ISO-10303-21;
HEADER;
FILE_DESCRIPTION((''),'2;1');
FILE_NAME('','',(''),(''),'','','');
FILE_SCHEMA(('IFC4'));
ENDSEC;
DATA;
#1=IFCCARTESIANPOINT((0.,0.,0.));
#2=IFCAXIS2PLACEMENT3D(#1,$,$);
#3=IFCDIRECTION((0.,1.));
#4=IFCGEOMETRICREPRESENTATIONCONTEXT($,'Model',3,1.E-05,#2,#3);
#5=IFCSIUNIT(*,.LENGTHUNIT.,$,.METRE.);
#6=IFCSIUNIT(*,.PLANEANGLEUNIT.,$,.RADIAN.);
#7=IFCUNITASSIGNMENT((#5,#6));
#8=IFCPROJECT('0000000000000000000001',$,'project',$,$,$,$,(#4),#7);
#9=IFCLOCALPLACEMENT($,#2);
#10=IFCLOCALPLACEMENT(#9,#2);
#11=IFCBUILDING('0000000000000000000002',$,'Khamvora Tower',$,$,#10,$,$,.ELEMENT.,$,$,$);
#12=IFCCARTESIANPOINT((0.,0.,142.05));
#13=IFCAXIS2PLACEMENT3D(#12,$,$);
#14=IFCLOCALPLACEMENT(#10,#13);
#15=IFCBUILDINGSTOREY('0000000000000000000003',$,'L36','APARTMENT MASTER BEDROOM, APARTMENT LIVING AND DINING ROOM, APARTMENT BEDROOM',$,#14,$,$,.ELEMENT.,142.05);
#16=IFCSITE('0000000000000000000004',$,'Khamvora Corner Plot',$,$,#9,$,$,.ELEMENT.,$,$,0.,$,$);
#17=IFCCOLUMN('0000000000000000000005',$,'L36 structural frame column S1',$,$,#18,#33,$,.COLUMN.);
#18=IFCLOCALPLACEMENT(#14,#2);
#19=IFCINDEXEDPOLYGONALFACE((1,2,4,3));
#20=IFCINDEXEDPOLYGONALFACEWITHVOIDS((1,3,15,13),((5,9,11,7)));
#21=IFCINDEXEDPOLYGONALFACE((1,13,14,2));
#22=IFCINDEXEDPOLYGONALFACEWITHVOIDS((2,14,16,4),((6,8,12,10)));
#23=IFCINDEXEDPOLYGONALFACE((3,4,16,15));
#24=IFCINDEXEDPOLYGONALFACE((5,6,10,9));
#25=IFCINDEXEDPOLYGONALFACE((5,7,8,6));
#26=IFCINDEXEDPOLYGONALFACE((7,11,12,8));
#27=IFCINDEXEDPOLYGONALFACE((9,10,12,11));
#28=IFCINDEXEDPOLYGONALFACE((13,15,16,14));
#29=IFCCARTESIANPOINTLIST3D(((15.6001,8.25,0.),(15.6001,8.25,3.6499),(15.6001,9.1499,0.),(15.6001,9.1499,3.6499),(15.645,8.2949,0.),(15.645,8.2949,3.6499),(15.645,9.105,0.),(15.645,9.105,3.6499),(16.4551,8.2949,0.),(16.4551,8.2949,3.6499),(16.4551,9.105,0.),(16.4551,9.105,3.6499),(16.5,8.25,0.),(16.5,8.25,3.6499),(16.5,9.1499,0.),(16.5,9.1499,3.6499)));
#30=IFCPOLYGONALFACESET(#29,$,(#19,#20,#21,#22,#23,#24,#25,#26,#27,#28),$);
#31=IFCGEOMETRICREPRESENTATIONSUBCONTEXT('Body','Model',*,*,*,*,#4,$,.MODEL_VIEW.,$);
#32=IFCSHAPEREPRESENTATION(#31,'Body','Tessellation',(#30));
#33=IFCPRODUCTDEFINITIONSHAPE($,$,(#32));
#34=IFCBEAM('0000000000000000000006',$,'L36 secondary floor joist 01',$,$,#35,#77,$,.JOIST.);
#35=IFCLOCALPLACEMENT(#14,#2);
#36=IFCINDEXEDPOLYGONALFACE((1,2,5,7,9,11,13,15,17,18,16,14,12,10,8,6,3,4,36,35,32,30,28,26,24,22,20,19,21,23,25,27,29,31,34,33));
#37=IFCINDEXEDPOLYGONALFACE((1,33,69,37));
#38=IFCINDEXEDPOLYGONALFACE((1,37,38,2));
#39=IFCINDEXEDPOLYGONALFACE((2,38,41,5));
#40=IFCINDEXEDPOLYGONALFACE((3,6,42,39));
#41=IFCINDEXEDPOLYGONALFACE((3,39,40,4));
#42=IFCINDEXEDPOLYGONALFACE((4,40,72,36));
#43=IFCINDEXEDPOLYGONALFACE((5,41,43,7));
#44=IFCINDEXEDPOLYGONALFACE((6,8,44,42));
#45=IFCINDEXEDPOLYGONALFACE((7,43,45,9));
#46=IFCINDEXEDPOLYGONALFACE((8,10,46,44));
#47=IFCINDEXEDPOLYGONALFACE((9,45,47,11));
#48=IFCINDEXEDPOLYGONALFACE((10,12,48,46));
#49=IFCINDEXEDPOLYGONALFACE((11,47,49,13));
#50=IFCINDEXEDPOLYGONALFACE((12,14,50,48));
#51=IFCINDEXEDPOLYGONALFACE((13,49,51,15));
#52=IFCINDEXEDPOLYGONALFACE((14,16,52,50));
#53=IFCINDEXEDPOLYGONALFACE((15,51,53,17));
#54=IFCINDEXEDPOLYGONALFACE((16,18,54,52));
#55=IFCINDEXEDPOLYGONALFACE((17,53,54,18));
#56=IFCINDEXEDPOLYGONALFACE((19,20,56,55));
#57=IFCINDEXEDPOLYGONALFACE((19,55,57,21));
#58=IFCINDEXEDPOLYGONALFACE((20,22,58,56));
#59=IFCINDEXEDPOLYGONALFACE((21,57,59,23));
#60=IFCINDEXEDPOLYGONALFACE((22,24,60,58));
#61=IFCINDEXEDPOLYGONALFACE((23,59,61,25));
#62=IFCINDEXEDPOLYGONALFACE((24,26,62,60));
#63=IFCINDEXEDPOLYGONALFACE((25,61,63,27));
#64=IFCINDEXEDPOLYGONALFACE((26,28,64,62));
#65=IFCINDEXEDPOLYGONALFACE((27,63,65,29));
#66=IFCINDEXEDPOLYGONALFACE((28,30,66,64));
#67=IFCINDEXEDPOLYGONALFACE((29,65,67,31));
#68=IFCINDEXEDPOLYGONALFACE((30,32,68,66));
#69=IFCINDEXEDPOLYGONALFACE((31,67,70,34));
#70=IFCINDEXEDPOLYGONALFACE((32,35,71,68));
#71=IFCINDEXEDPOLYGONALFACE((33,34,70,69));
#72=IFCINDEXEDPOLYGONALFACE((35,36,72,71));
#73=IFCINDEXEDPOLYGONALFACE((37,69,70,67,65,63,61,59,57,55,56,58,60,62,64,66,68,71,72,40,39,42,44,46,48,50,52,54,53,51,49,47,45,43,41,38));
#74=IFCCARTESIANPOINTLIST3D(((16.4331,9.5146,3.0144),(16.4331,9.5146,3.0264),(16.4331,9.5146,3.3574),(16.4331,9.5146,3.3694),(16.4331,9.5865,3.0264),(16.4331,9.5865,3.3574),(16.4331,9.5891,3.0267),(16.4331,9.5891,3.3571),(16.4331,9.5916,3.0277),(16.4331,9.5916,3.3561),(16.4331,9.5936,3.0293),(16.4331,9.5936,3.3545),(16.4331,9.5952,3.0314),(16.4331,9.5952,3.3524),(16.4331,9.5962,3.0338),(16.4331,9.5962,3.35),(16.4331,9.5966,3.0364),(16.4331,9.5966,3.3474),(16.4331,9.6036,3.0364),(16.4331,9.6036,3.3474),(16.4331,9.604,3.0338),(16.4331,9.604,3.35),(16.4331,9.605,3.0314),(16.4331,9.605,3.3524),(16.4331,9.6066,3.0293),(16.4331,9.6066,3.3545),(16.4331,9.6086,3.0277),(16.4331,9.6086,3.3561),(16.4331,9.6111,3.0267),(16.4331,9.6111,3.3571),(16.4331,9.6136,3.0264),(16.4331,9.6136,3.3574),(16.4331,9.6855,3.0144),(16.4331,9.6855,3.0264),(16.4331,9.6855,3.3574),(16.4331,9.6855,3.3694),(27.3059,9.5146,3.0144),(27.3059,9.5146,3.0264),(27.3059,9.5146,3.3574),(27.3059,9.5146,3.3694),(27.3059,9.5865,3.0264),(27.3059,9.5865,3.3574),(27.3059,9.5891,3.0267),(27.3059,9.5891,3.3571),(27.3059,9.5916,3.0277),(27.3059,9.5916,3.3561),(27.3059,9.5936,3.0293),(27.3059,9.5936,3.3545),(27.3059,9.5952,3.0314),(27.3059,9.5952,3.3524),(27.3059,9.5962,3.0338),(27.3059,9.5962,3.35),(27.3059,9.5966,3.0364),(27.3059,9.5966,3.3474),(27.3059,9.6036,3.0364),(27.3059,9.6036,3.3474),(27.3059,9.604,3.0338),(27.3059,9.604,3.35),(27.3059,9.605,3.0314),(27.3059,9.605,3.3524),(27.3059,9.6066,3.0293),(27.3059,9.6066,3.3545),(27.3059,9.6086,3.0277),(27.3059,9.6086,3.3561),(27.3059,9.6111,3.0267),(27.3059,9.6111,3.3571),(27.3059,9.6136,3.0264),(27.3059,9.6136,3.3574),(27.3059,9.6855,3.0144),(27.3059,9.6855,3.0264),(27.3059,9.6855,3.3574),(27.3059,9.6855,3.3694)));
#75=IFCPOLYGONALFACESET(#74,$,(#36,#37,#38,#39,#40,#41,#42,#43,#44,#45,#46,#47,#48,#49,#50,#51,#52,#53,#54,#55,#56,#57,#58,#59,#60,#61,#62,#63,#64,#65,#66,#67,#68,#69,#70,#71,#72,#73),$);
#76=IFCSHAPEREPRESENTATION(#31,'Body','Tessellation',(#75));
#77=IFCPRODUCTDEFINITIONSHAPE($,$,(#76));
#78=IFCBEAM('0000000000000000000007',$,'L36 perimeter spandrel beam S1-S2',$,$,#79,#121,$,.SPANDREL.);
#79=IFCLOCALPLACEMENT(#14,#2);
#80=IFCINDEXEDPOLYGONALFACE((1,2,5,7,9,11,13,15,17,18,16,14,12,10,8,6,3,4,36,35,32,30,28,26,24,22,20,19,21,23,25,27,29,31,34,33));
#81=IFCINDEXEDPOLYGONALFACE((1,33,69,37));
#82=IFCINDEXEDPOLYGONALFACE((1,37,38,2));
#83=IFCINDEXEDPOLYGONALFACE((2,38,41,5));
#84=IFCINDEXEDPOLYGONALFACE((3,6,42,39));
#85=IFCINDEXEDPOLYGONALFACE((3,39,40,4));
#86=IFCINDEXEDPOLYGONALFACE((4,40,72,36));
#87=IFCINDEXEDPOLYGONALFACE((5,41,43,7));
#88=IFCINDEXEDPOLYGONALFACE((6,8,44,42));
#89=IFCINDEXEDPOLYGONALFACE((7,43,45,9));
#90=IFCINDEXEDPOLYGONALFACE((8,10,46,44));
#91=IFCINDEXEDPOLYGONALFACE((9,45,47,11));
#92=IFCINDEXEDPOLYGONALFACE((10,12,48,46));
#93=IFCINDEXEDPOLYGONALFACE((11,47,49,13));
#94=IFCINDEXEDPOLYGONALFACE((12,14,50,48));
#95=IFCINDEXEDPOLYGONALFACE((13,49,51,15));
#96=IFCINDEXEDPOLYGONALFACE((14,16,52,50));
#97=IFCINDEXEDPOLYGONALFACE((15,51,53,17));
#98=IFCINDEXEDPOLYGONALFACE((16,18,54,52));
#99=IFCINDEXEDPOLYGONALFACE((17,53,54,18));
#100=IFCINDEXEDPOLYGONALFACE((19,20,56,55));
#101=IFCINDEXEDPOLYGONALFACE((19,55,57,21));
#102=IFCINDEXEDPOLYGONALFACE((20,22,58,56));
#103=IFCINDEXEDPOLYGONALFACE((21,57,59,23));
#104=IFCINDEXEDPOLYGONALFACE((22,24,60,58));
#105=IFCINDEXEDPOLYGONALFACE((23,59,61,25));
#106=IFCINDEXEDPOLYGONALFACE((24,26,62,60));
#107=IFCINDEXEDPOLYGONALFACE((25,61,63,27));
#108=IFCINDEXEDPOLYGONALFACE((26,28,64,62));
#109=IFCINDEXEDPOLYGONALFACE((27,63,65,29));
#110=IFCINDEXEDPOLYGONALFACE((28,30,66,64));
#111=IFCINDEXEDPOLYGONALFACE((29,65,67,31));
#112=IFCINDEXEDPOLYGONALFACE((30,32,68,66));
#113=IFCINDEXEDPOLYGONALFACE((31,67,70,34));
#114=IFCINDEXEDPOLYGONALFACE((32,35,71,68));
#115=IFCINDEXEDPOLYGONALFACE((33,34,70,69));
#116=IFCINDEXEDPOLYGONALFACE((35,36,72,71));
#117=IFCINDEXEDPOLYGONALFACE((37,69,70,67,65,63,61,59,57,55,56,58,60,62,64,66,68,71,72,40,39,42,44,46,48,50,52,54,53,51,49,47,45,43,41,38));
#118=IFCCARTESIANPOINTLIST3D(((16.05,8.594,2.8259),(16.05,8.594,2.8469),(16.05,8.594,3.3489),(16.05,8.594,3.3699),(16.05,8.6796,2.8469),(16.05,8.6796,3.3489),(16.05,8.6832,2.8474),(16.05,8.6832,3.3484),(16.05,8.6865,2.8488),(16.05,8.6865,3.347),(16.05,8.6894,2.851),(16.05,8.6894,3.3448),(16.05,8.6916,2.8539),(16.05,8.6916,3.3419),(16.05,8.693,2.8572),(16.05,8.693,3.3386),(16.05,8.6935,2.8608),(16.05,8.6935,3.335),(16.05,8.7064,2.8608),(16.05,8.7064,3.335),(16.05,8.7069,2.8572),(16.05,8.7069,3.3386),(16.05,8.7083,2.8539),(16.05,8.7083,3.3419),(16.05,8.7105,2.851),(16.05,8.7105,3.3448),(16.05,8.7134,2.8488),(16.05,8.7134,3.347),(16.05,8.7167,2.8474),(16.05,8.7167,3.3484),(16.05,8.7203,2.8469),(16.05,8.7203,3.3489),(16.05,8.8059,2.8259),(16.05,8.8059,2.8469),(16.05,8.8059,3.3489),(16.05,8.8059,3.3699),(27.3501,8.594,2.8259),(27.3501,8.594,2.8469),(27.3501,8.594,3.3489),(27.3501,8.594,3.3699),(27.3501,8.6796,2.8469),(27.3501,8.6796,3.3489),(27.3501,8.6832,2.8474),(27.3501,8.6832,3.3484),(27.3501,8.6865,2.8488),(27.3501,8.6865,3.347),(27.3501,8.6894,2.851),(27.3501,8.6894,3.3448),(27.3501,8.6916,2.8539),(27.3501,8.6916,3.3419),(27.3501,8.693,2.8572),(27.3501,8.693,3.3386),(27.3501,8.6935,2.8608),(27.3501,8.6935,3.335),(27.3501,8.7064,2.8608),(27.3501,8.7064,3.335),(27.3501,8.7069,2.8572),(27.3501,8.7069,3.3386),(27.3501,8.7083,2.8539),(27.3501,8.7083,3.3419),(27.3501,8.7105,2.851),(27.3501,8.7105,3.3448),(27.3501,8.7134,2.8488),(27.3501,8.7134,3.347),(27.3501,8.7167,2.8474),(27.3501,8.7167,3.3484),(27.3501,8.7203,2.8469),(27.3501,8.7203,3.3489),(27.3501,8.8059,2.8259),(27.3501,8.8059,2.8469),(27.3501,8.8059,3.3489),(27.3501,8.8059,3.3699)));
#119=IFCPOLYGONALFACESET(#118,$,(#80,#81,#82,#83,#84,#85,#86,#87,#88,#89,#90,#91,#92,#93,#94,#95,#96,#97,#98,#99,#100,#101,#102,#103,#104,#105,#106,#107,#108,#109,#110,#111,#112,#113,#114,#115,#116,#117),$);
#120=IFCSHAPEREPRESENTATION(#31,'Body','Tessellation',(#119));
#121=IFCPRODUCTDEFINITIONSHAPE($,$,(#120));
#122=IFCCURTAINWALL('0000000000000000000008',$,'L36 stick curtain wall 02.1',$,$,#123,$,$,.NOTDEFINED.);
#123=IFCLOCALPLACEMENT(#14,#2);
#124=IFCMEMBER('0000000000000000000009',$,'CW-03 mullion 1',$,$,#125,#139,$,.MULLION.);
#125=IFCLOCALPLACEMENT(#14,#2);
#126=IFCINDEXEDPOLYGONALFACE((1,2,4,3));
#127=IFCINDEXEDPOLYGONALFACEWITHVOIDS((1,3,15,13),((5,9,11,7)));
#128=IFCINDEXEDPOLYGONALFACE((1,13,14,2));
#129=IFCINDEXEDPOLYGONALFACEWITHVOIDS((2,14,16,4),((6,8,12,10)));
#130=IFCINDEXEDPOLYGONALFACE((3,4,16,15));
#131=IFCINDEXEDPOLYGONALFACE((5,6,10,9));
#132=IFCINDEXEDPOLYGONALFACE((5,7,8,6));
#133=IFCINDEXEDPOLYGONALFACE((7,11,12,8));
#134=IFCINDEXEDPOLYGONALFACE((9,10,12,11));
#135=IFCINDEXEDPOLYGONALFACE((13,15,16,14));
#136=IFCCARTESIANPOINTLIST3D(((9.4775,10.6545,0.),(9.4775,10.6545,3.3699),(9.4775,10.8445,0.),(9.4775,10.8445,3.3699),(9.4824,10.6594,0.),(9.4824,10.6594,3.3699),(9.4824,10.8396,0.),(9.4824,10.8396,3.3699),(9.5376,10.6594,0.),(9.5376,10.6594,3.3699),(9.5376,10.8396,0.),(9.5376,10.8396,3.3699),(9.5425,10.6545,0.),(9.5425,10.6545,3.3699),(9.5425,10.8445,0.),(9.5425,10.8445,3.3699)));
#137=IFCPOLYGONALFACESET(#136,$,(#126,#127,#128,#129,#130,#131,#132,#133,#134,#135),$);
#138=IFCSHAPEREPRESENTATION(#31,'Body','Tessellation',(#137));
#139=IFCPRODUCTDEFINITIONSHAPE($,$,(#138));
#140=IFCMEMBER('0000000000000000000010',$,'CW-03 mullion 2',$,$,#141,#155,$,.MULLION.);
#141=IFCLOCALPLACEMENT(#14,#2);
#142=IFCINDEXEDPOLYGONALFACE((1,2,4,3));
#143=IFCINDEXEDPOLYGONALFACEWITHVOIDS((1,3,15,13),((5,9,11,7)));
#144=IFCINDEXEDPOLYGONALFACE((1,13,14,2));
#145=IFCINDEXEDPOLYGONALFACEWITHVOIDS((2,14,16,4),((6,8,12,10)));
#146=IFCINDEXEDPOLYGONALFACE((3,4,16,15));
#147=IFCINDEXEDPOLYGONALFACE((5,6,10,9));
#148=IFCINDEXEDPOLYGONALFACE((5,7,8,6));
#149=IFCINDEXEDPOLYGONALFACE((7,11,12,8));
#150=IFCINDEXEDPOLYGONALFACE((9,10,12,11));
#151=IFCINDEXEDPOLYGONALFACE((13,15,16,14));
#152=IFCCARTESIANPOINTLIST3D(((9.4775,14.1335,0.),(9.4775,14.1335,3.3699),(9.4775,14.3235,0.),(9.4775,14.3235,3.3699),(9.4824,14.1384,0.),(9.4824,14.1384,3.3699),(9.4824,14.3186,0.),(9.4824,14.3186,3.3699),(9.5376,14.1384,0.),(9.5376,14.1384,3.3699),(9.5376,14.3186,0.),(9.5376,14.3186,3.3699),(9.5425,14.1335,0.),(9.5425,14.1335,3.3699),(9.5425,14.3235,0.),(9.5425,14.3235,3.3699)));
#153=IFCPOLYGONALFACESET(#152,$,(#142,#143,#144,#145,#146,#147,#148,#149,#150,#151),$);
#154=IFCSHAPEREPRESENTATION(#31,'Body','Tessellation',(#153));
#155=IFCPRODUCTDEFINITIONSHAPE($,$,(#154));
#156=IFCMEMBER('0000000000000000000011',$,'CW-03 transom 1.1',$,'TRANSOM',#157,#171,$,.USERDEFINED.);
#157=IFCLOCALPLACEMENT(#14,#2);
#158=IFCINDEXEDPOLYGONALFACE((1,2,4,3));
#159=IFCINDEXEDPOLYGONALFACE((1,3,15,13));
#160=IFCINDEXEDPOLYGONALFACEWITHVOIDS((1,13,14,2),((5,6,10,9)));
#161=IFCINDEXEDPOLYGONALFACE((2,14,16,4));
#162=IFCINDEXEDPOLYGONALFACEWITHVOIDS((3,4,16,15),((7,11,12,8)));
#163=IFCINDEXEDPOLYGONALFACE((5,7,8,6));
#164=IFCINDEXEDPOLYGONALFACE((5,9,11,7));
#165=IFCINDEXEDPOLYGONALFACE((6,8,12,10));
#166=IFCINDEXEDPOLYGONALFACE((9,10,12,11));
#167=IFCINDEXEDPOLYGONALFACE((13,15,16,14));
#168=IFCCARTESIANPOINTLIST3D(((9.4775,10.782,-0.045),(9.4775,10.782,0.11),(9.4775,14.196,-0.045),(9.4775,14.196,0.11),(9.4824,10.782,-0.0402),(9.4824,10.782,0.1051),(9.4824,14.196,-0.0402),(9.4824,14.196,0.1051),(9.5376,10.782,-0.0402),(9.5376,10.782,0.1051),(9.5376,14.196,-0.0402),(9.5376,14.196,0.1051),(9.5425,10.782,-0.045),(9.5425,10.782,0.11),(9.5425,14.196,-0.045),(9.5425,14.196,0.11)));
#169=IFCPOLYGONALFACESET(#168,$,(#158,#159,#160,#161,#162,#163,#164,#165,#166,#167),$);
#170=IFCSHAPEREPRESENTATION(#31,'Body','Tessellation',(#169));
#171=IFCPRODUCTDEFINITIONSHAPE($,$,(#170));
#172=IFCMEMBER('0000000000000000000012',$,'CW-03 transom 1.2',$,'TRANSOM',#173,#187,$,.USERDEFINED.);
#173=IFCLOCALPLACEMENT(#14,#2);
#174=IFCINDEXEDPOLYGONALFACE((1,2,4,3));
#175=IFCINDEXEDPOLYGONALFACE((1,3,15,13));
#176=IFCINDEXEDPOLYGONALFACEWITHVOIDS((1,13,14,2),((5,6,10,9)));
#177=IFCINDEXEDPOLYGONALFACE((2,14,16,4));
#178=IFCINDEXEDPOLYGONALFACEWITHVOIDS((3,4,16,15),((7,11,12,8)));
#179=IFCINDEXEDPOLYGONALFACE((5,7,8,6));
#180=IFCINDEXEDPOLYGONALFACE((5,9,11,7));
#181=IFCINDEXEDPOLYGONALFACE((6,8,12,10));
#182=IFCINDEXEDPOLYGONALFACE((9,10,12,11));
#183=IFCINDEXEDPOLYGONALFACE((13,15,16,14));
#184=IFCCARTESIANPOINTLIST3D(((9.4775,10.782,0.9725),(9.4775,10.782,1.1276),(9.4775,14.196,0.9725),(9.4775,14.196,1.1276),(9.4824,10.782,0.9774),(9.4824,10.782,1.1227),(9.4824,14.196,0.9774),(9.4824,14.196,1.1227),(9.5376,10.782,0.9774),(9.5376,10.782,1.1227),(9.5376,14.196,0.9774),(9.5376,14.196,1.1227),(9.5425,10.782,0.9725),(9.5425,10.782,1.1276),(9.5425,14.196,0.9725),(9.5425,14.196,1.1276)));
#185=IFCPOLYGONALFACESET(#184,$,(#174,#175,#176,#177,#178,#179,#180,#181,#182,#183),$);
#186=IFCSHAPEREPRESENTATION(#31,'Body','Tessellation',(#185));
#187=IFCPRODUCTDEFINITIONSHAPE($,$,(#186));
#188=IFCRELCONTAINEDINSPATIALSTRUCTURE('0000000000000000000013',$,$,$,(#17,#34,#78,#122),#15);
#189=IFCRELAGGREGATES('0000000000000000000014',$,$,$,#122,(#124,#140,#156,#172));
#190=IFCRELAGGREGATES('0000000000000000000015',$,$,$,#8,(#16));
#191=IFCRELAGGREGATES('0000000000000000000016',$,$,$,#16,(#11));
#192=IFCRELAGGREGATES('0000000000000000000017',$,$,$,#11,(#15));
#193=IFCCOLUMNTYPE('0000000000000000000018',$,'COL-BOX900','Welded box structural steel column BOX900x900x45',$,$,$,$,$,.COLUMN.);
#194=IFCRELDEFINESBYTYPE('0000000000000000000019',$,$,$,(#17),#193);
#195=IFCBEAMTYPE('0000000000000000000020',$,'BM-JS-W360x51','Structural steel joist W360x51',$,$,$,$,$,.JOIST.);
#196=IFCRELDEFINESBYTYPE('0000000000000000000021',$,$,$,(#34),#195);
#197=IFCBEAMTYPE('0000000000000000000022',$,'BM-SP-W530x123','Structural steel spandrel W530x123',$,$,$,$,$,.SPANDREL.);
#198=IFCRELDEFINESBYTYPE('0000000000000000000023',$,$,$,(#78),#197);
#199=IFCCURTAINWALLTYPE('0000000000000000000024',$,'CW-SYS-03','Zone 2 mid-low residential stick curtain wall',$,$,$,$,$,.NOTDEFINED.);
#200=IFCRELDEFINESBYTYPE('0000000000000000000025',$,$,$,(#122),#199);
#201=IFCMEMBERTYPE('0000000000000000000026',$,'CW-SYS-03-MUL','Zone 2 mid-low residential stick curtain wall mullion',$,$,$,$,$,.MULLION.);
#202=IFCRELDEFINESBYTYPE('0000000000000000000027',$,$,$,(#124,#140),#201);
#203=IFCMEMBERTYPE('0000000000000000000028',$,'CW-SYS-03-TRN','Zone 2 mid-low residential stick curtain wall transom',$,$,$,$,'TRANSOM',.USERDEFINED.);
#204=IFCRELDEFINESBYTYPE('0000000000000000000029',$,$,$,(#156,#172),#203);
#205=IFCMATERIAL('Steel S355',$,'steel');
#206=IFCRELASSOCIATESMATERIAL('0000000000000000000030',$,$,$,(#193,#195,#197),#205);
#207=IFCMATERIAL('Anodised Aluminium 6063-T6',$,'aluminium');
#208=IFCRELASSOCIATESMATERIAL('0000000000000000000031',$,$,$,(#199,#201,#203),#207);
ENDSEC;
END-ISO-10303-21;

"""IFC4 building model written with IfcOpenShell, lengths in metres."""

from ifc_helpers import new_model, si_unit, direction, frame, origin, origin_2d, place, context, subcontext, project, spatial, hollow_rectangle, i_section, extrude, material, material_profile, profile_set, type_object, element, aggregate, save


model = new_model("IFC4")

# Units and contexts
model_context = context("Model", 3, precision=1e-05, world=origin(), true_north=direction((0.0, 1.0)))
body_context = subcontext(model_context, "Body", "Model", "MODEL_VIEW")
ifc_project = project(units=[si_unit("LENGTHUNIT", "METRE"), si_unit("PLANEANGLEUNIT", "RADIAN")], contexts=[model_context])

# Site, building, storey
site_placement = place(None, origin())
site = spatial("IfcSite", under=ifc_project, at=site_placement, Name="Khamvora Corner Plot", CompositionType="ELEMENT", RefElevation=0.0)
building_placement = place(site_placement, origin())
building = spatial("IfcBuilding", under=site, at=building_placement, Name="Khamvora Tower", CompositionType="ELEMENT")
storey_placement = place(building_placement, frame((0.0, 0.0, 142.05)))
storey = spatial("IfcBuildingStorey", under=building, at=storey_placement, Name="L36", Description="APARTMENT MASTER BEDROOM, APARTMENT LIVING AND DINING ROOM, APARTMENT BEDROOM", CompositionType="ELEMENT", Elevation=142.05)

# Column
ifc_material_1 = material(Name="Steel S355", Category="steel")
ifc_material_profile_1 = material_profile(ifc_material_1, hollow_rectangle(XDim=0.8999, YDim=0.8999, WallThickness=0.0449, at=origin_2d()), Name="BOX900x900x45")
ifc_profile_set_1 = profile_set([ifc_material_profile_1], Name="Steel S355")
column_type = type_object("IfcColumnType", Name="COL-BOX900", Description="Welded box structural steel column BOX900x900x45", PredefinedType="COLUMN", material=ifc_profile_set_1)
column_placement = place(storey_placement, frame((16.05, 8.7, 0.0), z_axis=(0.0, 0.0, 1.0), x_axis=(1.0, 0.0, 0.0)))
element("IfcColumn", 1, at=column_placement, inside=storey, type_object=column_type, Name="L36 structural frame column S1", PredefinedType="COLUMN", context=body_context, shape_type="SweptSolid", body=[
    extrude(hollow_rectangle(XDim=0.8999, YDim=0.8999, WallThickness=0.0449, at=origin_2d()), origin(), (0.0, 0.0, 1.0), 3.6499),
])

# Beams
ifc_material_profile_2 = material_profile(ifc_material_1, i_section(OverallWidth=0.1709, OverallDepth=0.355, WebThickness=0.0071, FlangeThickness=0.012, FilletRadius=0.01, at=origin_2d()), Name="W360x51")
ifc_profile_set_2 = profile_set([ifc_material_profile_2], Name="Steel S355")
beam_type_1 = type_object("IfcBeamType", Name="BM-JS-W360x51", Description="Structural steel joist W360x51", PredefinedType="JOIST", material=ifc_profile_set_2)
beam_1_placement = place(storey_placement, frame((16.4331, 9.6001, 3.1919), z_axis=(1.0, 0.0, 0.0), x_axis=(0.0, 1.0, 0.0)))
element("IfcBeam", 2, at=beam_1_placement, inside=storey, type_object=beam_type_1, Name="L36 secondary floor joist 01", PredefinedType="JOIST", context=body_context, shape_type="SweptSolid", body=[
    extrude(i_section(OverallWidth=0.1709, OverallDepth=0.355, WebThickness=0.0071, FlangeThickness=0.012, FilletRadius=0.01, at=origin_2d()), origin(), (0.0, 0.0, 1.0), 10.8728),
])
ifc_material_profile_3 = material_profile(ifc_material_1, i_section(OverallWidth=0.2119, OverallDepth=0.5439, WebThickness=0.0129, FlangeThickness=0.021, FilletRadius=0.0139, at=origin_2d()), Name="W530x123")
ifc_profile_set_3 = profile_set([ifc_material_profile_3], Name="Steel S355")
beam_type_2 = type_object("IfcBeamType", Name="BM-SP-W530x123", Description="Structural steel spandrel W530x123", PredefinedType="SPANDREL", material=ifc_profile_set_3)
beam_2_placement = place(storey_placement, frame((16.05, 8.7, 3.0979), z_axis=(1.0, 0.0, 0.0), x_axis=(0.0, 1.0, 0.0)))
element("IfcBeam", 3, at=beam_2_placement, inside=storey, type_object=beam_type_2, Name="L36 perimeter spandrel beam S1-S2", PredefinedType="SPANDREL", context=body_context, shape_type="SweptSolid", body=[
    extrude(i_section(OverallWidth=0.2119, OverallDepth=0.5439, WebThickness=0.0129, FlangeThickness=0.021, FilletRadius=0.0139, at=origin_2d()), origin(), (0.0, 0.0, 1.0), 11.3),
])

# Curtain wall, members
ifc_material_2 = material(Name="Anodised Aluminium 6063-T6", Category="aluminium")
curtain_wall_type = type_object("IfcCurtainWallType", Name="CW-SYS-03", Description="Zone 2 mid-low residential stick curtain wall", PredefinedType="NOTDEFINED", material=ifc_material_2)
curtain_wall_placement = place(storey_placement, origin())
curtain_wall = element("IfcCurtainWall", 4, at=curtain_wall_placement, inside=storey, type_object=curtain_wall_type, Name="L36 stick curtain wall 02.1", PredefinedType="NOTDEFINED")
ifc_material_profile_4 = material_profile(ifc_material_2, hollow_rectangle(XDim=0.0649, YDim=0.1899, WallThickness=0.0049, at=origin_2d()), Name="MUL65x190x5")
ifc_profile_set_4 = profile_set([ifc_material_profile_4], Name="Anodised Aluminium 6063-T6")
member_type_1 = type_object("IfcMemberType", Name="CW-SYS-03-MUL", Description="Zone 2 mid-low residential stick curtain wall mullion", PredefinedType="MULLION", material=ifc_profile_set_4)
member_1_placement = place(storey_placement, frame((9.51, 10.7495, 0.0), z_axis=(0.0, 0.0, 1.0), x_axis=(-1.0, 0.0, 0.0)))
member_1 = element("IfcMember", 5, at=member_1_placement, type_object=member_type_1, Name="CW-03 mullion 1", PredefinedType="MULLION", context=body_context, shape_type="SweptSolid", body=[
    extrude(hollow_rectangle(XDim=0.0649, YDim=0.1899, WallThickness=0.0049, at=origin_2d()), origin(), (0.0, 0.0, 1.0), 3.3699),
])
member_2_placement = place(storey_placement, frame((9.51, 14.2285, 0.0), z_axis=(0.0, 0.0, 1.0), x_axis=(-1.0, 0.0, 0.0)))
member_2 = element("IfcMember", 6, at=member_2_placement, type_object=member_type_1, Name="CW-03 mullion 2", PredefinedType="MULLION", context=body_context, shape_type="SweptSolid", body=[
    extrude(hollow_rectangle(XDim=0.0649, YDim=0.1899, WallThickness=0.0049, at=origin_2d()), origin(), (0.0, 0.0, 1.0), 3.3699),
])
ifc_material_profile_5 = material_profile(ifc_material_2, hollow_rectangle(XDim=0.0649, YDim=0.155, WallThickness=0.0049, at=origin_2d()), Name="TRN65x155x5")
ifc_profile_set_5 = profile_set([ifc_material_profile_5], Name="Anodised Aluminium 6063-T6")
member_type_2 = type_object("IfcMemberType", Name="CW-SYS-03-TRN", Description="Zone 2 mid-low residential stick curtain wall transom", ElementType="TRANSOM", PredefinedType="USERDEFINED", material=ifc_profile_set_5)
member_3_placement = place(storey_placement, frame((9.51, 10.782, 0.0325), z_axis=(0.0, 1.0, 0.0), x_axis=(-1.0, 0.0, 0.0)))
member_3 = element("IfcMember", 7, at=member_3_placement, type_object=member_type_2, Name="CW-03 transom 1.1", ObjectType="TRANSOM", PredefinedType="USERDEFINED", context=body_context, shape_type="SweptSolid", body=[
    extrude(hollow_rectangle(XDim=0.0649, YDim=0.155, WallThickness=0.0049, at=origin_2d()), origin(), (0.0, 0.0, 1.0), 3.4141),
])
member_4_placement = place(storey_placement, frame((9.51, 10.782, 1.05), z_axis=(0.0, 1.0, 0.0), x_axis=(-1.0, 0.0, 0.0)))
member_4 = element("IfcMember", 8, at=member_4_placement, type_object=member_type_2, Name="CW-03 transom 1.2", ObjectType="TRANSOM", PredefinedType="USERDEFINED", context=body_context, shape_type="SweptSolid", body=[
    extrude(hollow_rectangle(XDim=0.0649, YDim=0.155, WallThickness=0.0049, at=origin_2d()), origin(), (0.0, 0.0, 1.0), 3.4141),
])

aggregate(curtain_wall, [member_1, member_2, member_3, member_4])

save(model, "model.ifc")
